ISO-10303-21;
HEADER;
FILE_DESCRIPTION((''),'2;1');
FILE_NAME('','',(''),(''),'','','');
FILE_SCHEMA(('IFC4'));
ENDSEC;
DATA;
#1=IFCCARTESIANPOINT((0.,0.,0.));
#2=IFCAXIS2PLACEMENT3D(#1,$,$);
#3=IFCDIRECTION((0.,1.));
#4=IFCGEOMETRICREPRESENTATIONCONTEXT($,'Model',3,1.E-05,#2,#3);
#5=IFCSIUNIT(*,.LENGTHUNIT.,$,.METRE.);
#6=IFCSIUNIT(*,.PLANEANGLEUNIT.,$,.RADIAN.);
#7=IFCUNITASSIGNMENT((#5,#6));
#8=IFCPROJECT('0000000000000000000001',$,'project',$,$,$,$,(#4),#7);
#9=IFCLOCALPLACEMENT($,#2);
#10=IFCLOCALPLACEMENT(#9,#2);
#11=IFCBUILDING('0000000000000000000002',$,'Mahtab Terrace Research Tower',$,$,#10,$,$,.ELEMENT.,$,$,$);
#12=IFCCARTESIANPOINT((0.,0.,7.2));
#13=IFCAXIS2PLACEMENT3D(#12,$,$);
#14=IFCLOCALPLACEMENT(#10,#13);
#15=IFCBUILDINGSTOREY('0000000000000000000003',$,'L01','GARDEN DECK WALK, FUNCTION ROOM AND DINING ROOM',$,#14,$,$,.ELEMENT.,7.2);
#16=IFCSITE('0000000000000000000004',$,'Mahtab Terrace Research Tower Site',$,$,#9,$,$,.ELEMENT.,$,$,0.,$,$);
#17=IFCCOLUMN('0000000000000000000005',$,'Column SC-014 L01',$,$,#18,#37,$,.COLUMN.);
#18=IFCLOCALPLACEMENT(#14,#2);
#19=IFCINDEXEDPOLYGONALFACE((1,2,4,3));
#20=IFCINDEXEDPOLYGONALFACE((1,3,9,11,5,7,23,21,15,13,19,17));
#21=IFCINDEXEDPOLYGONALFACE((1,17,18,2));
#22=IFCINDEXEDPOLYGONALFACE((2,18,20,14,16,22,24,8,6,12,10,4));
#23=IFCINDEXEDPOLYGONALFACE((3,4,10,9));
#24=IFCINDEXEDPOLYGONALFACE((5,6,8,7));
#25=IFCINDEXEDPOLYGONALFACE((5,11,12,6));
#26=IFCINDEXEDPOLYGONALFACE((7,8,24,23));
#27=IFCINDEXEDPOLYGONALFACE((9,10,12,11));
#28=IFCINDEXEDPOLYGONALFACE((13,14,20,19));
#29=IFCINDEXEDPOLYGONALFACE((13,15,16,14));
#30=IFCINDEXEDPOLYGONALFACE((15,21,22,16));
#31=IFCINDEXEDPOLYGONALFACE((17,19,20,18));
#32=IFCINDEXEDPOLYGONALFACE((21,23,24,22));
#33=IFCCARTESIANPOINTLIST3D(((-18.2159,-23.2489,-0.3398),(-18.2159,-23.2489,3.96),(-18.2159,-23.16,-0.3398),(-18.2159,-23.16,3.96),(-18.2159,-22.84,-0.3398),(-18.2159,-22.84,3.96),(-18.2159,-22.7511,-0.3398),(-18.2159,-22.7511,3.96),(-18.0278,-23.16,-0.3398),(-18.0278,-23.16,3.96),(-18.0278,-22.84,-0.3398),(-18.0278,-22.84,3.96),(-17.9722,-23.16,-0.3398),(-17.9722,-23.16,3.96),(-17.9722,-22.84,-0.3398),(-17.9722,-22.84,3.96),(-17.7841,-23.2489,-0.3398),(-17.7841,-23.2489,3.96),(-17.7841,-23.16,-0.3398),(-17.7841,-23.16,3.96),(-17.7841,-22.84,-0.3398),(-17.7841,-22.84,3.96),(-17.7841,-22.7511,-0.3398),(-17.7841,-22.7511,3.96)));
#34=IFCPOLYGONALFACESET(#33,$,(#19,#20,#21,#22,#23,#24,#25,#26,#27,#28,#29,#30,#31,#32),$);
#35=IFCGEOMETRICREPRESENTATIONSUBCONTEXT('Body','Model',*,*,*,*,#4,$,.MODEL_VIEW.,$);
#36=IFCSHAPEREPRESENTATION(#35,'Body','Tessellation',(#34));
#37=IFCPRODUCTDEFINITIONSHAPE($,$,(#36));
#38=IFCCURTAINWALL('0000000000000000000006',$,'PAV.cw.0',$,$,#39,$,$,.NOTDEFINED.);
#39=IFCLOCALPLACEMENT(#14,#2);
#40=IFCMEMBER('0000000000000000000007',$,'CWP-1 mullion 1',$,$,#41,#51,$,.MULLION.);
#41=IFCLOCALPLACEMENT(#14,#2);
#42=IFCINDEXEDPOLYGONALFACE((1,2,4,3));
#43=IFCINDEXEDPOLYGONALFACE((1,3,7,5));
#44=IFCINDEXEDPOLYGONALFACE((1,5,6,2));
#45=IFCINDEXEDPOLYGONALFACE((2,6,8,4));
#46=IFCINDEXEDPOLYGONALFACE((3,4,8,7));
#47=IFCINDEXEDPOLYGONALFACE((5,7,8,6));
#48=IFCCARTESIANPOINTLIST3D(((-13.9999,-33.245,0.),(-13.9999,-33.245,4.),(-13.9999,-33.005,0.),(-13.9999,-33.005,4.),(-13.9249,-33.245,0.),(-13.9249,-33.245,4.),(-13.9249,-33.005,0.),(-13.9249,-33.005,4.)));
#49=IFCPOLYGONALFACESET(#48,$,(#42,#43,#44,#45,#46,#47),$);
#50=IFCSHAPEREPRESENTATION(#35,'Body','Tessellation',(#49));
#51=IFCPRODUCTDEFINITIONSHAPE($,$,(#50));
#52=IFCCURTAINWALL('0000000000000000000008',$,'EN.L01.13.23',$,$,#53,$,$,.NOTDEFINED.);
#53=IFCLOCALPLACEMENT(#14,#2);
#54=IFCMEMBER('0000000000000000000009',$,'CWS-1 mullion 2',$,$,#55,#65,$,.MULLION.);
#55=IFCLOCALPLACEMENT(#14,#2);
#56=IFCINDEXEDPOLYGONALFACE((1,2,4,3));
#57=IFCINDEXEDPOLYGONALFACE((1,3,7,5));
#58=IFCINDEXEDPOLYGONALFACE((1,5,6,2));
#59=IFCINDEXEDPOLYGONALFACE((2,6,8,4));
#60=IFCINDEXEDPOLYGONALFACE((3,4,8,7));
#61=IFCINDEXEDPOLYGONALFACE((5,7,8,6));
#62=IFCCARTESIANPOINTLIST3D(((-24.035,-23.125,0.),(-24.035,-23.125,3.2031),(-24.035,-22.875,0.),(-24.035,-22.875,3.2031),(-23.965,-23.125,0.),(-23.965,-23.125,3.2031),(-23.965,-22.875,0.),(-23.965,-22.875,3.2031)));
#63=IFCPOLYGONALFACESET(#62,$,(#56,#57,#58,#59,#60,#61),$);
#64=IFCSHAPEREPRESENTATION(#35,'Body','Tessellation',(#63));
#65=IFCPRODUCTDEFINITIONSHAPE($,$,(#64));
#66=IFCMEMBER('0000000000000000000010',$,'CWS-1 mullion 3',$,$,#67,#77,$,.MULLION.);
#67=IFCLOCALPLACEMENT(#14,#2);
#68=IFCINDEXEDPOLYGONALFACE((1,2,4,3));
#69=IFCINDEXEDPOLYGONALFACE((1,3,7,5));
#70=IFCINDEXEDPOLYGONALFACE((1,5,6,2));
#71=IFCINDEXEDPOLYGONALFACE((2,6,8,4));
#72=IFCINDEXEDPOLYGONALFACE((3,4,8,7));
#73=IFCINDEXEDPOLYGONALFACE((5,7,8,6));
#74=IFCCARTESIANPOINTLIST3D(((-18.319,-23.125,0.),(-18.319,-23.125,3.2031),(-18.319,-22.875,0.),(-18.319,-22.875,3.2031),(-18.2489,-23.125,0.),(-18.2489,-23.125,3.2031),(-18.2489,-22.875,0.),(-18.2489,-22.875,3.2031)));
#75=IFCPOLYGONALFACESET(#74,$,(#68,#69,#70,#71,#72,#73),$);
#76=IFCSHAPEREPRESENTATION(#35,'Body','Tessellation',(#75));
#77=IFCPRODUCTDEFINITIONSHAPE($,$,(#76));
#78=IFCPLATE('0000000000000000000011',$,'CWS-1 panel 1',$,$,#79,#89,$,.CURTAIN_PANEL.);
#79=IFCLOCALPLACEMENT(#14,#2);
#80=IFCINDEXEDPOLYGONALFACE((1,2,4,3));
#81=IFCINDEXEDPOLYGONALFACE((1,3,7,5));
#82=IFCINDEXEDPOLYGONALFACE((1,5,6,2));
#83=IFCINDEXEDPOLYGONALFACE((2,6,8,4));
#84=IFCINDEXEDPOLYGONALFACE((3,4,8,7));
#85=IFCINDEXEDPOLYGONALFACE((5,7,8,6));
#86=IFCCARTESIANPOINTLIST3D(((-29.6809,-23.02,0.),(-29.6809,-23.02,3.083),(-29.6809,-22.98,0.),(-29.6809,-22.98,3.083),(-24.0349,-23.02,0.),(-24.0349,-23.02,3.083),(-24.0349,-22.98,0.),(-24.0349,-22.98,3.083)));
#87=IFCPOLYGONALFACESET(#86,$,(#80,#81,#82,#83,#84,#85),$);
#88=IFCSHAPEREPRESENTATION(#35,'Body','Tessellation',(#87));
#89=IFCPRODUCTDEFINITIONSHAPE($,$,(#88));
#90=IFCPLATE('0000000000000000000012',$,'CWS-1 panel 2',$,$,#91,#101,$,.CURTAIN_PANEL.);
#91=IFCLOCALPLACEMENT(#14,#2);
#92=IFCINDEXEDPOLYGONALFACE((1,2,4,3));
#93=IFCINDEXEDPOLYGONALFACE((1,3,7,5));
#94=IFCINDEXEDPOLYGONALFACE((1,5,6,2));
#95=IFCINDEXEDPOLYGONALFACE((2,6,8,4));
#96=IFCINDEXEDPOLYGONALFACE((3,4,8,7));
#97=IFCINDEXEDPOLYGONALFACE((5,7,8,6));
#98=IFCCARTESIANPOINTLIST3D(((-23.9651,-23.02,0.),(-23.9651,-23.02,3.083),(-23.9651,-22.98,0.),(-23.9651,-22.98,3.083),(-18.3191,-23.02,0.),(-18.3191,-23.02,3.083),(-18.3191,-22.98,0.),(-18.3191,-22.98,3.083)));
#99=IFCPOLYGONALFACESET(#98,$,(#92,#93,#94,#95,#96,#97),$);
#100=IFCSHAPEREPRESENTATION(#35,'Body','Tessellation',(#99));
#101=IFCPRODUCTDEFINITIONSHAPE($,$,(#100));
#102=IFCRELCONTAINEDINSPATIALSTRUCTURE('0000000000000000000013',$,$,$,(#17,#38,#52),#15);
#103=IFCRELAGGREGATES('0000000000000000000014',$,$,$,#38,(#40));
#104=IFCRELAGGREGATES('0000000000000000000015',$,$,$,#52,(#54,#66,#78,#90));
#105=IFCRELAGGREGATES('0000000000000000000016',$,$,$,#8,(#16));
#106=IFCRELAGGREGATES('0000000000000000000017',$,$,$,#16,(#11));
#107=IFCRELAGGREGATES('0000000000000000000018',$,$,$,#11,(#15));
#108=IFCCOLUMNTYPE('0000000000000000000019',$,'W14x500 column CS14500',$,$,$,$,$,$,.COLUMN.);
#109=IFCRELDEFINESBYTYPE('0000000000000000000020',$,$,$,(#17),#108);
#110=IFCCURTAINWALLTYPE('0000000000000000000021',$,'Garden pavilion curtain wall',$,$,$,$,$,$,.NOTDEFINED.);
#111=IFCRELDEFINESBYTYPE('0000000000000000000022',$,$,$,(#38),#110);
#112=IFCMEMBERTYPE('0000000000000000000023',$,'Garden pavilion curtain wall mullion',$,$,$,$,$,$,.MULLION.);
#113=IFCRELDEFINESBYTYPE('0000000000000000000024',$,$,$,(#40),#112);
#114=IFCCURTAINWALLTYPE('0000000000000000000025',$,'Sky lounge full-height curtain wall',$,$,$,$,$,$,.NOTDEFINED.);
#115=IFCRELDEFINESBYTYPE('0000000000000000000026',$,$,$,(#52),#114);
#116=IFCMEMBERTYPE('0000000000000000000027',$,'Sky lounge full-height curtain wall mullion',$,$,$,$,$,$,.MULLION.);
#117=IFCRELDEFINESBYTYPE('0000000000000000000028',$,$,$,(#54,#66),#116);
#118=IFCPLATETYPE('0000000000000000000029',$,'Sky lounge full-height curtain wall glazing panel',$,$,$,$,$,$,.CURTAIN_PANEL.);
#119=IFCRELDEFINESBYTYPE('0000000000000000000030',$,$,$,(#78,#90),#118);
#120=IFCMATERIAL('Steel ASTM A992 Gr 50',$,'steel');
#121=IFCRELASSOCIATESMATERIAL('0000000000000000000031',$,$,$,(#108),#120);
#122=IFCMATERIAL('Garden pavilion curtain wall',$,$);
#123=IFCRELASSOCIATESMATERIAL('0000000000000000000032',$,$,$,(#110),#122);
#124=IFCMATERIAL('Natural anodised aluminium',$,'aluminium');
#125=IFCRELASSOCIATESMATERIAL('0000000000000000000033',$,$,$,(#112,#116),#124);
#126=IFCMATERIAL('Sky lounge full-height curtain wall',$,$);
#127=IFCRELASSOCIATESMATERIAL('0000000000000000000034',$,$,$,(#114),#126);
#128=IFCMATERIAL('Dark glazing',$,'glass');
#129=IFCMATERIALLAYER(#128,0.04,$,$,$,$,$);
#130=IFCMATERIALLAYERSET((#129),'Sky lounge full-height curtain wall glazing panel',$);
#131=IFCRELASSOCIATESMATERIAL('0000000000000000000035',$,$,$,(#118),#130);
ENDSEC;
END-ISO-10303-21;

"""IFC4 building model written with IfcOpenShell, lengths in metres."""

from ifc_helpers import new_model, si_unit, direction, frame, origin, origin_2d, place, context, subcontext, project, spatial, rectangle, i_section, extrude, material, layer, layer_set, material_profile, profile_set, type_object, element, aggregate, save


model = new_model("IFC4")

# Units and contexts
model_context = context("Model", 3, precision=1e-05, world=origin(), true_north=direction((0.0, 1.0)))
body_context = subcontext(model_context, "Body", "Model", "MODEL_VIEW")
ifc_project = project(units=[si_unit("LENGTHUNIT", "METRE"), si_unit("PLANEANGLEUNIT", "RADIAN")], contexts=[model_context])

# Site, building, storey
site_placement = place(None, origin())
site = spatial("IfcSite", under=ifc_project, at=site_placement, Name="Mahtab Terrace Research Tower Site", CompositionType="ELEMENT", RefElevation=0.0)
building_placement = place(site_placement, origin())
building = spatial("IfcBuilding", under=site, at=building_placement, Name="Mahtab Terrace Research Tower", CompositionType="ELEMENT")
storey_placement = place(building_placement, frame((0.0, 0.0, 7.2)))
storey = spatial("IfcBuildingStorey", under=building, at=storey_placement, Name="L01", Description="GARDEN DECK WALK, FUNCTION ROOM AND DINING ROOM", CompositionType="ELEMENT", Elevation=7.2)

# Column
ifc_material_1 = material(Name="Steel ASTM A992 Gr 50", Category="steel")
ifc_material_profile_1 = material_profile(ifc_material_1, i_section(OverallWidth=0.4319, OverallDepth=0.4978, WebThickness=0.0557, FlangeThickness=0.0889, at=origin_2d()), Name="W14X500")
ifc_profile_set_1 = profile_set([ifc_material_profile_1], Name="Steel ASTM A992 Gr 50")
column_type = type_object("IfcColumnType", Name="W14x500 column CS14500", PredefinedType="COLUMN", material=ifc_profile_set_1)
column_placement = place(storey_placement, frame((-18.0, -23.0, -0.3398), z_axis=(0.0, 0.0, 1.0), x_axis=(1.0, 0.0, 0.0)))
element("IfcColumn", 1, at=column_placement, inside=storey, type_object=column_type, Name="Column SC-014 L01", PredefinedType="COLUMN", context=body_context, shape_type="SweptSolid", body=[
    extrude(i_section(OverallWidth=0.4319, OverallDepth=0.4978, WebThickness=0.0557, FlangeThickness=0.0889, at=origin_2d()), origin(), (0.0, 0.0, 1.0), 4.2998),
])

# Curtain wall, member
ifc_material_2 = material(Name="Garden pavilion curtain wall")
curtain_wall_type_1 = type_object("IfcCurtainWallType", Name="Garden pavilion curtain wall", PredefinedType="NOTDEFINED", material=ifc_material_2)
curtain_wall_1_placement = place(storey_placement, origin())
curtain_wall_1 = element("IfcCurtainWall", 2, at=curtain_wall_1_placement, inside=storey, type_object=curtain_wall_type_1, Name="PAV.cw.0", PredefinedType="NOTDEFINED")
ifc_material_3 = material(Name="Natural anodised aluminium", Category="aluminium")
ifc_material_profile_2 = material_profile(ifc_material_3, rectangle(XDim=0.24, YDim=0.075, at=origin_2d()), Name="MULLION 75x240")
ifc_profile_set_2 = profile_set([ifc_material_profile_2], Name="Natural anodised aluminium")
member_type_1 = type_object("IfcMemberType", Name="Garden pavilion curtain wall mullion", PredefinedType="MULLION", material=ifc_profile_set_2)
member_1_placement = place(storey_placement, frame((-13.9624, -33.125, 0.0), z_axis=(0.0, 0.0, 1.0), x_axis=(0.0, 1.0, 0.0)))
member_1 = element("IfcMember", 3, at=member_1_placement, type_object=member_type_1, Name="CWP-1 mullion 1", PredefinedType="MULLION", context=body_context, shape_type="SweptSolid", body=[
    extrude(rectangle(XDim=0.24, YDim=0.075, at=origin_2d()), origin(), (0.0, 0.0, 1.0), 4.0),
])
aggregate(curtain_wall_1, [member_1])

# Curtain wall, members, plates
ifc_material_4 = material(Name="Sky lounge full-height curtain wall")
curtain_wall_type_2 = type_object("IfcCurtainWallType", Name="Sky lounge full-height curtain wall", PredefinedType="NOTDEFINED", material=ifc_material_4)
curtain_wall_2_placement = place(storey_placement, origin())
curtain_wall_2 = element("IfcCurtainWall", 4, at=curtain_wall_2_placement, inside=storey, type_object=curtain_wall_type_2, Name="EN.L01.13.23", PredefinedType="NOTDEFINED")
ifc_material_profile_3 = material_profile(ifc_material_3, rectangle(XDim=0.25, YDim=0.0701, at=origin_2d()), Name="MULLION 70x250")
ifc_profile_set_3 = profile_set([ifc_material_profile_3], Name="Natural anodised aluminium")
member_type_2 = type_object("IfcMemberType", Name="Sky lounge full-height curtain wall mullion", PredefinedType="MULLION", material=ifc_profile_set_3)
member_2_placement = place(storey_placement, frame((-24.0, -23.0, 0.0), z_axis=(0.0, 0.0, 1.0), x_axis=(0.0, 1.0, 0.0)))
member_2 = element("IfcMember", 5, at=member_2_placement, type_object=member_type_2, Name="CWS-1 mullion 2", PredefinedType="MULLION", context=body_context, shape_type="SweptSolid", body=[
    extrude(rectangle(XDim=0.25, YDim=0.0701, at=origin_2d()), origin(), (0.0, 0.0, 1.0), 3.2031),
])
member_3_placement = place(storey_placement, frame((-18.2839, -23.0, 0.0), z_axis=(0.0, 0.0, 1.0), x_axis=(0.0, 1.0, 0.0)))
member_3 = element("IfcMember", 6, at=member_3_placement, type_object=member_type_2, Name="CWS-1 mullion 3", PredefinedType="MULLION", context=body_context, shape_type="SweptSolid", body=[
    extrude(rectangle(XDim=0.25, YDim=0.0701, at=origin_2d()), origin(), (0.0, 0.0, 1.0), 3.2031),
])
ifc_material_5 = material(Name="Dark glazing", Category="glass")
ifc_layer_1 = layer(ifc_material_5, 0.04)
ifc_layer_set_1 = layer_set([ifc_layer_1], Name="Sky lounge full-height curtain wall glazing panel")
plate_type = type_object("IfcPlateType", Name="Sky lounge full-height curtain wall glazing panel", PredefinedType="CURTAIN_PANEL", material=ifc_layer_set_1)
plate_1_placement = place(storey_placement, frame((-26.8579, -23.0, 0.0), z_axis=(0.0, 0.0, 1.0), x_axis=(1.0, 0.0, 0.0)))
plate_1 = element("IfcPlate", 7, at=plate_1_placement, type_object=plate_type, Name="CWS-1 panel 1", PredefinedType="CURTAIN_PANEL", context=body_context, shape_type="SweptSolid", body=[
    extrude(rectangle(XDim=5.646, YDim=0.04, at=origin_2d()), origin(), (0.0, 0.0, 1.0), 3.083),
])
plate_2_placement = place(storey_placement, frame((-21.1421, -23.0, 0.0), z_axis=(0.0, 0.0, 1.0), x_axis=(1.0, 0.0, 0.0)))
plate_2 = element("IfcPlate", 8, at=plate_2_placement, type_object=plate_type, Name="CWS-1 panel 2", PredefinedType="CURTAIN_PANEL", context=body_context, shape_type="SweptSolid", body=[
    extrude(rectangle(XDim=5.646, YDim=0.04, at=origin_2d()), origin(), (0.0, 0.0, 1.0), 3.083),
])
aggregate(curtain_wall_2, [member_2, member_3, plate_1, plate_2])

save(model, "model.ifc")
